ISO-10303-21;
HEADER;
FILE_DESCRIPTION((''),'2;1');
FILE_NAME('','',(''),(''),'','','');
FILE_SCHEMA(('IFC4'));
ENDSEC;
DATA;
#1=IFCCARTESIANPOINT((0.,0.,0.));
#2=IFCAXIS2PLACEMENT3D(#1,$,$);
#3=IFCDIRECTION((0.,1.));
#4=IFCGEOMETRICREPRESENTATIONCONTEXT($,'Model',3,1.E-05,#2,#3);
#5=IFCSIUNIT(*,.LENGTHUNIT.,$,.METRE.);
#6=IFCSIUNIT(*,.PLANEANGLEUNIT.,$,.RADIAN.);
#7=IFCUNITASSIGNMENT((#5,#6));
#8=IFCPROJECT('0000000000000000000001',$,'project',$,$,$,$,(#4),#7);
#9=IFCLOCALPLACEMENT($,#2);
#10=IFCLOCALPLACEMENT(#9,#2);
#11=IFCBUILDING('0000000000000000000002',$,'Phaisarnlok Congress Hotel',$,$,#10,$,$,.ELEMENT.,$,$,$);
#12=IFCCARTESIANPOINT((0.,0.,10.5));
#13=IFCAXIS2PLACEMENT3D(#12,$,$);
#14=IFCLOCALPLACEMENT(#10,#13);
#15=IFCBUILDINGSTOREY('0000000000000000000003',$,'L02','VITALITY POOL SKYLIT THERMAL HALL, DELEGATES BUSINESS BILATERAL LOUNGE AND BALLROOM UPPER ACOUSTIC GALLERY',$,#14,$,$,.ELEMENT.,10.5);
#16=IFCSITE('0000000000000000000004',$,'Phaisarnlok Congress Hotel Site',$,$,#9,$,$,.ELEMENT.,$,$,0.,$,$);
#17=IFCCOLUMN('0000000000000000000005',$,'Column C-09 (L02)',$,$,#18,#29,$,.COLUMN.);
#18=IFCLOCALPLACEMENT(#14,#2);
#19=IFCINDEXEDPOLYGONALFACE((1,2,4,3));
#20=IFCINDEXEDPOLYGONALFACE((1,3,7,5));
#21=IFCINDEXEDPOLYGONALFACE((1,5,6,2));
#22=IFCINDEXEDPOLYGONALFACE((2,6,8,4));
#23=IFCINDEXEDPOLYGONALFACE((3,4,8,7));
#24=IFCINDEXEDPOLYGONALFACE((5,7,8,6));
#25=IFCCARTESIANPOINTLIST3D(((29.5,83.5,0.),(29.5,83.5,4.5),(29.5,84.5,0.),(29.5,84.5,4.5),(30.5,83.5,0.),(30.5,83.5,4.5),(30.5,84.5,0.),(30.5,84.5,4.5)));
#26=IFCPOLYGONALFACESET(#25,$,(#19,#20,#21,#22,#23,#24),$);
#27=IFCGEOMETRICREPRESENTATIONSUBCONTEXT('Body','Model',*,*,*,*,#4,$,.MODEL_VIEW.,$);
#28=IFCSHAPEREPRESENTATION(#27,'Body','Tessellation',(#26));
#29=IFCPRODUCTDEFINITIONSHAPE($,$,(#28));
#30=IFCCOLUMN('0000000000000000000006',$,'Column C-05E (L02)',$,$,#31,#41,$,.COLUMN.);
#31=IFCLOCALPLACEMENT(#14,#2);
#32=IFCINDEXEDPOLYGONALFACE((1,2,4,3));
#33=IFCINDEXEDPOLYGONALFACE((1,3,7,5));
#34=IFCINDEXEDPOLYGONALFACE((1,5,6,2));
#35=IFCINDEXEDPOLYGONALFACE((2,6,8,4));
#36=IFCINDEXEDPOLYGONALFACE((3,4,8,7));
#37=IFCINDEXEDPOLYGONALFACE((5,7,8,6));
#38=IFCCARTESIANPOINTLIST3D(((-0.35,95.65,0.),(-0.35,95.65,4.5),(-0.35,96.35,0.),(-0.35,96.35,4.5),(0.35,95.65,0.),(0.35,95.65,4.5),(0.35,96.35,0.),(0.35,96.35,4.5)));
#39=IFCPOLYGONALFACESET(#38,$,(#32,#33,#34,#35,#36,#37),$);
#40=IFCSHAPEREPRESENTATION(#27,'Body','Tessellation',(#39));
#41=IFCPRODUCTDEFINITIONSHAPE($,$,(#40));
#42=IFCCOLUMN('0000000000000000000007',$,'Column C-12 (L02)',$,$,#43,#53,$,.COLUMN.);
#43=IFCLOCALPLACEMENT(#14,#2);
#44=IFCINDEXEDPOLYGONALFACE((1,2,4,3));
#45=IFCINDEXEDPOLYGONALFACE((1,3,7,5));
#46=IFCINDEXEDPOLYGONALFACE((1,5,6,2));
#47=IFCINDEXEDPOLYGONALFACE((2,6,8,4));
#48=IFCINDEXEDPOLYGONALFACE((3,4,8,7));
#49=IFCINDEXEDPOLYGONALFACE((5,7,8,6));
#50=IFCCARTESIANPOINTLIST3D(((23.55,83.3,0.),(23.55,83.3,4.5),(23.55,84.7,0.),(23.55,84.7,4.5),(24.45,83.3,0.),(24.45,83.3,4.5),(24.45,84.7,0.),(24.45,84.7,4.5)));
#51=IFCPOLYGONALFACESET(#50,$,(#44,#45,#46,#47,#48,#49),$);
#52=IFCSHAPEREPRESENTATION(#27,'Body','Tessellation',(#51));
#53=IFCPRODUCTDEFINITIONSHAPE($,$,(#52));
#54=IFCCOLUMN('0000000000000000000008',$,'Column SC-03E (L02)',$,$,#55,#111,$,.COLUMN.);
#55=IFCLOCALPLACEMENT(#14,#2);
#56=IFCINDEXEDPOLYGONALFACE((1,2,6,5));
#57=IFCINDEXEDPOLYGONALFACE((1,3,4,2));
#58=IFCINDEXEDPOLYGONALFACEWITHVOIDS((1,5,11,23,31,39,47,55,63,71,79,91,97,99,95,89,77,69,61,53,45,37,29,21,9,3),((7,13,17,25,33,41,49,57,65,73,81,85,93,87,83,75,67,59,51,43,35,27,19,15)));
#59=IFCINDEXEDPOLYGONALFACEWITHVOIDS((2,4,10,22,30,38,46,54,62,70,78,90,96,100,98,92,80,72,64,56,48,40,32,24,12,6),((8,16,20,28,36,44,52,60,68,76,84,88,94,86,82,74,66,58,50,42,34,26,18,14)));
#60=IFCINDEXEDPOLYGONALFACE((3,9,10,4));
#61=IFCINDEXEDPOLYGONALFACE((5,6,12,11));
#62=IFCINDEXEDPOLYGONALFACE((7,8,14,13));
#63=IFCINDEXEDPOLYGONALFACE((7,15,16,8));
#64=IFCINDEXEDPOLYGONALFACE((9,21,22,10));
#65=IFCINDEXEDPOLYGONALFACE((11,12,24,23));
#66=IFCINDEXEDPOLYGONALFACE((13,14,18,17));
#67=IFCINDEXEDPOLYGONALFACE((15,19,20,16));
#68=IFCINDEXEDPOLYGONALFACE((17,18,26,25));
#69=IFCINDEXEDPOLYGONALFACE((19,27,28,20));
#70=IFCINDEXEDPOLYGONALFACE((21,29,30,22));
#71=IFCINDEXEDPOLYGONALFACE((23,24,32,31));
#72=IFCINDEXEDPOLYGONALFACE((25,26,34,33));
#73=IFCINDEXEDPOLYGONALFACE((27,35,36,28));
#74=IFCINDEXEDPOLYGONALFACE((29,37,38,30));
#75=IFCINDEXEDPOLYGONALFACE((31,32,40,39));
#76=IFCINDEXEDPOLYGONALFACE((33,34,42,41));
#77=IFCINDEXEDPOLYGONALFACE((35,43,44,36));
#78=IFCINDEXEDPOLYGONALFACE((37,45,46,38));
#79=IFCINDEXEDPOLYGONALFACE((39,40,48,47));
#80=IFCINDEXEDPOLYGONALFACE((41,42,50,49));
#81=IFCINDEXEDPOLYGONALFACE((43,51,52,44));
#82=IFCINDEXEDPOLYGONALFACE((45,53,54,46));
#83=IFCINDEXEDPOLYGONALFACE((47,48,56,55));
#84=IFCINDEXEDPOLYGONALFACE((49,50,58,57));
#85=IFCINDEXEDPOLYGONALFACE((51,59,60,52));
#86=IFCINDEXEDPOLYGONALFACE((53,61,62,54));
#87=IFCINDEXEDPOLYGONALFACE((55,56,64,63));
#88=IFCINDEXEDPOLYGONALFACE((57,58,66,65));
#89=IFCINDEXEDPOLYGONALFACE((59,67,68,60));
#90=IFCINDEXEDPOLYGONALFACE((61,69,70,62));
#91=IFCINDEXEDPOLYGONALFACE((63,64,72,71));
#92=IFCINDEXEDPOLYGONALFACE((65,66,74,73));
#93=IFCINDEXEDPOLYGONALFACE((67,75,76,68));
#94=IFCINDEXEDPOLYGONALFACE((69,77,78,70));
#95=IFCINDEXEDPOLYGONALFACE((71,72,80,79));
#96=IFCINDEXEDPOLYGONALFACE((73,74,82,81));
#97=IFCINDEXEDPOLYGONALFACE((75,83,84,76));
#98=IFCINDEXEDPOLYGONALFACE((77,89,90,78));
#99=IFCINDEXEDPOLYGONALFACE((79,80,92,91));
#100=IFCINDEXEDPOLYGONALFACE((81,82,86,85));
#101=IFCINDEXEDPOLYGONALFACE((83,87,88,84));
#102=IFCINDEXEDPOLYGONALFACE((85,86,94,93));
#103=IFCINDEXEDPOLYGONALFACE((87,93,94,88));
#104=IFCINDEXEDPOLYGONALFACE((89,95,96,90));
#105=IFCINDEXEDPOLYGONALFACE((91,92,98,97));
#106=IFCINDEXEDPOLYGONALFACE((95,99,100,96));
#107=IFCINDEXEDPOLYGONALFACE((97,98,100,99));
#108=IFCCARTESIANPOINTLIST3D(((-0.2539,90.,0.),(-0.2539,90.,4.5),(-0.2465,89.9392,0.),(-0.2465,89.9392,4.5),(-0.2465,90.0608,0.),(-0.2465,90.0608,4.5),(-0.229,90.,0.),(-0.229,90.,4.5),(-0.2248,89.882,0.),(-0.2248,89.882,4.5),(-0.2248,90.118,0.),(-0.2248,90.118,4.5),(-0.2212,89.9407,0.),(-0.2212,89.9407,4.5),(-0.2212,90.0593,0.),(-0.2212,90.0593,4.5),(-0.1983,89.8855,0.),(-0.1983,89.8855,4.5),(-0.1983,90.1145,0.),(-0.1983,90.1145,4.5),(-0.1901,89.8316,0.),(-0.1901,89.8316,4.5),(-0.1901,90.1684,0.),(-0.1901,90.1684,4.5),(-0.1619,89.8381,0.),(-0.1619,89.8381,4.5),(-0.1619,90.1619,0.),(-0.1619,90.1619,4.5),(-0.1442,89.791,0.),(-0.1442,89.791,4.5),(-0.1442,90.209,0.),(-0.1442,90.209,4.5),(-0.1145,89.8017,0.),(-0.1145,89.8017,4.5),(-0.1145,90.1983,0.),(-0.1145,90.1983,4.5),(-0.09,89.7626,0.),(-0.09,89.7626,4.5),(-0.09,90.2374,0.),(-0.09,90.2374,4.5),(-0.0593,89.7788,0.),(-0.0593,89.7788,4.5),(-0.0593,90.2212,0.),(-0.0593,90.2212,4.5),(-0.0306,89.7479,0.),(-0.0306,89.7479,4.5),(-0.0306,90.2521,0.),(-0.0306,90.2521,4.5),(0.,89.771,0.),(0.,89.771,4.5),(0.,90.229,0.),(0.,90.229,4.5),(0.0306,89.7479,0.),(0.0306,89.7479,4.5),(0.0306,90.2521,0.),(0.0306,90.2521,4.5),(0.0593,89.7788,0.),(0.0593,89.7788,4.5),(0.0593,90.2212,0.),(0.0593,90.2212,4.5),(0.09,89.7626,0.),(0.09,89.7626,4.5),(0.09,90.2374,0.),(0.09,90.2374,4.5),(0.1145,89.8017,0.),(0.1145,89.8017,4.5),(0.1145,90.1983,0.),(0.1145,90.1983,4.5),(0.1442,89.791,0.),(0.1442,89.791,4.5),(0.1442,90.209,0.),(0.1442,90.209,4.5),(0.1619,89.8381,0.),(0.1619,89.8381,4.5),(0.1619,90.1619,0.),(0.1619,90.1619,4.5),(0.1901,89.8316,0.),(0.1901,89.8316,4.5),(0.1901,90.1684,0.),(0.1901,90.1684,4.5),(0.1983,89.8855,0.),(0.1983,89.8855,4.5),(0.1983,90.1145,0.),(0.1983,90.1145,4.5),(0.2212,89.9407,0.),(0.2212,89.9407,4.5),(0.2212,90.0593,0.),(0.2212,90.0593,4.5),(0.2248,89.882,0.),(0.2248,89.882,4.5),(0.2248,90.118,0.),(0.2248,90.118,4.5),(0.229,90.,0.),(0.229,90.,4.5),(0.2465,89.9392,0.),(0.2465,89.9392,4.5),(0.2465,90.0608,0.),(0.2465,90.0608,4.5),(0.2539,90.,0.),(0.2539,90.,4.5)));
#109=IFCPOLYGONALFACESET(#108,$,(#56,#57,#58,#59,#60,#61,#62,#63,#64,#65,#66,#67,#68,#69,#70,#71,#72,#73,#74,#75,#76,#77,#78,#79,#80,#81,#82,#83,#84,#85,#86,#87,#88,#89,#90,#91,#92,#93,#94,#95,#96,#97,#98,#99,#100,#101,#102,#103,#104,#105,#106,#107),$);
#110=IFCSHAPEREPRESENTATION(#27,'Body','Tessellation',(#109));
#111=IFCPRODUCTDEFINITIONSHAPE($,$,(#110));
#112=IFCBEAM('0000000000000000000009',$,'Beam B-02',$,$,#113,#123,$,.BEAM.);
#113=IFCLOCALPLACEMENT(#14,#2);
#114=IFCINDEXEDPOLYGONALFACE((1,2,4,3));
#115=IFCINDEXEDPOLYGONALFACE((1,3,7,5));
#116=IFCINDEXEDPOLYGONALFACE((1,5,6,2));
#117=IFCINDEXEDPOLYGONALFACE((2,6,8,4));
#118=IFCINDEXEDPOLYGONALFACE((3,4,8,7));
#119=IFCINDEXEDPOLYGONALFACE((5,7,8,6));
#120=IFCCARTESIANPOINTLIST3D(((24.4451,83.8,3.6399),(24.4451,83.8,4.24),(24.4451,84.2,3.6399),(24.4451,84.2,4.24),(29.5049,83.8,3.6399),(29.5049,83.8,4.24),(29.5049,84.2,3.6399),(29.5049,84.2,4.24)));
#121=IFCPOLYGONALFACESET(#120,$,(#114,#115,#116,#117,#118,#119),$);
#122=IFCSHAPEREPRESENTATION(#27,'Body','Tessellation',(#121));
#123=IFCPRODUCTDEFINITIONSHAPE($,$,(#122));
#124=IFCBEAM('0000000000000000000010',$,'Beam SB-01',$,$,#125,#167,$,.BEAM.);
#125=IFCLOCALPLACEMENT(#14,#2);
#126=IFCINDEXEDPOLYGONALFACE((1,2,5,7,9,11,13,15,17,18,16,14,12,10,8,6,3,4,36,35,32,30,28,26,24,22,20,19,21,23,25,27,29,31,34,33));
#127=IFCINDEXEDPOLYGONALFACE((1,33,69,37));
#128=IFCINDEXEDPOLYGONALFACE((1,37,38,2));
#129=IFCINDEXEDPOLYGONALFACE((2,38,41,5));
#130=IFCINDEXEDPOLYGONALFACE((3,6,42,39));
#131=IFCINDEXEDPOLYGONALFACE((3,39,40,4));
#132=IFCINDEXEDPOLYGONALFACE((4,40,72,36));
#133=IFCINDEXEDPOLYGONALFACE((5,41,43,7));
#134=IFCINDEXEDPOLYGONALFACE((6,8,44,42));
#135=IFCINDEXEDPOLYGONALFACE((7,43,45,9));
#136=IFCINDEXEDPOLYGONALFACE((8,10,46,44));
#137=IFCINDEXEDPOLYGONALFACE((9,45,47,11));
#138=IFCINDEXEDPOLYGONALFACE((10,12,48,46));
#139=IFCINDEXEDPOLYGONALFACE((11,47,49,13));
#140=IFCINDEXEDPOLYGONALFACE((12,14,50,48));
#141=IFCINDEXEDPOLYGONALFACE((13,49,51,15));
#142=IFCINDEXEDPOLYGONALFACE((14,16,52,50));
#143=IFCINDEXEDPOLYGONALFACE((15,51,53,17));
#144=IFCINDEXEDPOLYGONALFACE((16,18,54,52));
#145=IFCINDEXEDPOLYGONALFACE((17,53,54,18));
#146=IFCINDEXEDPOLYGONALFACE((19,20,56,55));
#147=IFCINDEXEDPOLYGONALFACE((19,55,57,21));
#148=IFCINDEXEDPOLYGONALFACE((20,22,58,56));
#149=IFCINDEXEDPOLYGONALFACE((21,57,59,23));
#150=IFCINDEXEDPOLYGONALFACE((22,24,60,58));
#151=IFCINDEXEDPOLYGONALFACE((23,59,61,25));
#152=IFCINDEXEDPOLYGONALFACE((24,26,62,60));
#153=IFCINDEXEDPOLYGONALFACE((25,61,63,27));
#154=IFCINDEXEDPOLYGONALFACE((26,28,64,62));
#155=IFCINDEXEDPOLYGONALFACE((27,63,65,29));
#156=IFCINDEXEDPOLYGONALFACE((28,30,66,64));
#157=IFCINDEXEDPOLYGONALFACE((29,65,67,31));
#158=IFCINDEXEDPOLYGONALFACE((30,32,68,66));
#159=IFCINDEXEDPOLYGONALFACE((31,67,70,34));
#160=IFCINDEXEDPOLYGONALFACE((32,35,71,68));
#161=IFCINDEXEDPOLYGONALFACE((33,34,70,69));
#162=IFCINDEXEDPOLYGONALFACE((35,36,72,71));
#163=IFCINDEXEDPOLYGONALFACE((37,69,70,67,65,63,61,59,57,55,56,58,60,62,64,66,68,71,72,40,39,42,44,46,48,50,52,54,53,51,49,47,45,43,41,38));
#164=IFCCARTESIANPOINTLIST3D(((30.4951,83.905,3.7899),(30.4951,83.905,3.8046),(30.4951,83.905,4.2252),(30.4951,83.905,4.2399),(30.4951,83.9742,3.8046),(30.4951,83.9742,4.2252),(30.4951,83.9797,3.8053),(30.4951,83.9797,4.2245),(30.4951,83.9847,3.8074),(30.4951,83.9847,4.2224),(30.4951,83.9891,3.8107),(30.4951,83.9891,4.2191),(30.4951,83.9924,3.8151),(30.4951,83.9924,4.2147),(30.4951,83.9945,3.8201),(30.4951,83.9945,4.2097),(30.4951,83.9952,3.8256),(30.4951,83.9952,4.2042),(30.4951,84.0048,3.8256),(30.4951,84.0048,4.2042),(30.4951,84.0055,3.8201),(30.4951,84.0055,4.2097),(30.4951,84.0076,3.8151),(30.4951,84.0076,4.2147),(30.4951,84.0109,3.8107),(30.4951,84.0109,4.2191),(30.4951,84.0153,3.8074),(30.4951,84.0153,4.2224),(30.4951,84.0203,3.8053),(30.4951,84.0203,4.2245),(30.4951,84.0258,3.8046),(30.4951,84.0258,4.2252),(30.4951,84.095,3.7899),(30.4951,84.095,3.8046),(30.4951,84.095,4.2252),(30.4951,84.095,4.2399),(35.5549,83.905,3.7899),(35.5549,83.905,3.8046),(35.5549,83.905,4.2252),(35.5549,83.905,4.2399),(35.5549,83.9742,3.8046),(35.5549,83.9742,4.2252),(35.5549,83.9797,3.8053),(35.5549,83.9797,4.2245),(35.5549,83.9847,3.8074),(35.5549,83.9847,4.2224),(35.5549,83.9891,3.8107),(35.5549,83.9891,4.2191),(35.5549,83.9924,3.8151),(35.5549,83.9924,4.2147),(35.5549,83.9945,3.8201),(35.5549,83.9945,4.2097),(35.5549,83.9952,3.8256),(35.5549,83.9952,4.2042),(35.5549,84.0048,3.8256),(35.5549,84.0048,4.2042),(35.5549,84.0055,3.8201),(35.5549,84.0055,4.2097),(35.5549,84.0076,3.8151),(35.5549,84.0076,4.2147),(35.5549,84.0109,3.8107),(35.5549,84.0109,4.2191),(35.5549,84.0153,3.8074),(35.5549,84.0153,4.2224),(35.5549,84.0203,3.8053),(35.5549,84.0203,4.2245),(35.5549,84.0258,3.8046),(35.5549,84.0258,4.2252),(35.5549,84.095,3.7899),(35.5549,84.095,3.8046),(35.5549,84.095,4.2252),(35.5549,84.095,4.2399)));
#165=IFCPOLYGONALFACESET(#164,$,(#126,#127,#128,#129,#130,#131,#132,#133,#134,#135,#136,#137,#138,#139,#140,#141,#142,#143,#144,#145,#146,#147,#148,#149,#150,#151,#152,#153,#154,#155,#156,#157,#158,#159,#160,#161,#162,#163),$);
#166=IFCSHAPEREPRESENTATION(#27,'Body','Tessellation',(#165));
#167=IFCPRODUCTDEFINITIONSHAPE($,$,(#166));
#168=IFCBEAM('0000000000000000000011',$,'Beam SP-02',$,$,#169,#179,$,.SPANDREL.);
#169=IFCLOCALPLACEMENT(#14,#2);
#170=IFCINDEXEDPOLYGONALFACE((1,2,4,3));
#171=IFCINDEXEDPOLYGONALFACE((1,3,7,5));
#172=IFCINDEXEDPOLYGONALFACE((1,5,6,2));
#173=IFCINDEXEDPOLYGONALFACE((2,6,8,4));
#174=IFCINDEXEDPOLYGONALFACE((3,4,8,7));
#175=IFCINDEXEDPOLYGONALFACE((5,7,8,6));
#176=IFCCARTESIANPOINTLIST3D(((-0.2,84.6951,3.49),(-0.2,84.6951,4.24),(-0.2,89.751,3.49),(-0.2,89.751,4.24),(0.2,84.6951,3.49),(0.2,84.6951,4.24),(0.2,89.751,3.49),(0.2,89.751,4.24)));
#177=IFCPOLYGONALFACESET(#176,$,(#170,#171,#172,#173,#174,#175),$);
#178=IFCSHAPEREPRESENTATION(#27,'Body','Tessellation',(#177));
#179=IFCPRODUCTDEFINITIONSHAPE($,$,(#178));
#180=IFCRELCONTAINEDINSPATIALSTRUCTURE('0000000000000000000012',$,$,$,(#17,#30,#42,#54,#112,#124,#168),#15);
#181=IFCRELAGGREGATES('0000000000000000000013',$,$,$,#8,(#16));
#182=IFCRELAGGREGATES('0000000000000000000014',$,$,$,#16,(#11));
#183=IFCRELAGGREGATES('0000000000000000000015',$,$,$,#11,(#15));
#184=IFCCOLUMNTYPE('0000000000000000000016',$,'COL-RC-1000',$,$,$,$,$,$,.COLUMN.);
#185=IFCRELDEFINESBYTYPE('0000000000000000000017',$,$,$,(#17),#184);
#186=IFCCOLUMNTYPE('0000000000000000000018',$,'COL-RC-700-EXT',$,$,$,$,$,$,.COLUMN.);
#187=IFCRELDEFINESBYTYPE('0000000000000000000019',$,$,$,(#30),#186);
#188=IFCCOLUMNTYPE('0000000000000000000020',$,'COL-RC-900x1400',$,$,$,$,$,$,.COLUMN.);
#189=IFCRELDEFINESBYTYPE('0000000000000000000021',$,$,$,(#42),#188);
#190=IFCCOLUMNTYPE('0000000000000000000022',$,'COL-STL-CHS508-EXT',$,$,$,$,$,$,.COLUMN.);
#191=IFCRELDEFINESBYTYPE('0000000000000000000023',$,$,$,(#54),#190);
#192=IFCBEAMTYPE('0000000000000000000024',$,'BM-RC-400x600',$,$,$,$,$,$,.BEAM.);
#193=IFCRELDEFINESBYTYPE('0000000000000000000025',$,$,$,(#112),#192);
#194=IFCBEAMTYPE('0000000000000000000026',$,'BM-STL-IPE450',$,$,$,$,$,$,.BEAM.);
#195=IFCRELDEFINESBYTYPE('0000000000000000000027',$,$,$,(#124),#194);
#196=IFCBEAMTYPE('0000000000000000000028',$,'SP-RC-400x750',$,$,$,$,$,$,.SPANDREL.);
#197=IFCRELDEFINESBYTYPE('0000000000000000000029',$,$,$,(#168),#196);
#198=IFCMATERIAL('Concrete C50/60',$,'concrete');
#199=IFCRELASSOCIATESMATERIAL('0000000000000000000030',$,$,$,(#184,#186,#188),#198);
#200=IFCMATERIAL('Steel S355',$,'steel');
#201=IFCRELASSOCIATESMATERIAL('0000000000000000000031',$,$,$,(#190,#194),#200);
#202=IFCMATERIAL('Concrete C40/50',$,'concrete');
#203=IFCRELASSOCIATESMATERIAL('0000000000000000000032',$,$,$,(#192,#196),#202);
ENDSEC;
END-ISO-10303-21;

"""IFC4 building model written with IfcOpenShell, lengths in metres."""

from ifc_helpers import new_model, si_unit, direction, frame, origin, origin_2d, place, context, subcontext, project, spatial, rectangle, hollow_circle, i_section, extrude, material, material_profile, profile_set, type_object, element, save


model = new_model("IFC4")

# Units and contexts
model_context = context("Model", 3, precision=1e-05, world=origin(), true_north=direction((0.0, 1.0)))
body_context = subcontext(model_context, "Body", "Model", "MODEL_VIEW")
ifc_project = project(units=[si_unit("LENGTHUNIT", "METRE"), si_unit("PLANEANGLEUNIT", "RADIAN")], contexts=[model_context])

# Site, building, storey
site_placement = place(None, origin())
site = spatial("IfcSite", under=ifc_project, at=site_placement, Name="Phaisarnlok Congress Hotel Site", CompositionType="ELEMENT", RefElevation=0.0)
building_placement = place(site_placement, origin())
building = spatial("IfcBuilding", under=site, at=building_placement, Name="Phaisarnlok Congress Hotel", CompositionType="ELEMENT")
storey_placement = place(building_placement, frame((0.0, 0.0, 10.5)))
storey = spatial("IfcBuildingStorey", under=building, at=storey_placement, Name="L02", Description="VITALITY POOL SKYLIT THERMAL HALL, DELEGATES BUSINESS BILATERAL LOUNGE AND BALLROOM UPPER ACOUSTIC GALLERY", CompositionType="ELEMENT", Elevation=10.5)

# Columns
ifc_material_1 = material(Name="Concrete C50/60", Category="concrete")
ifc_material_profile_1 = material_profile(ifc_material_1, rectangle(XDim=1.0, YDim=1.0, at=origin_2d()), Name="RC 1000x1000")
ifc_profile_set_1 = profile_set([ifc_material_profile_1], Name="Concrete C50/60")
column_type_1 = type_object("IfcColumnType", Name="COL-RC-1000", PredefinedType="COLUMN", material=ifc_profile_set_1)
column_1_placement = place(storey_placement, frame((30.0, 84.0, 0.0), z_axis=(0.0, 0.0, 1.0), x_axis=(1.0, 0.0, 0.0)))
element("IfcColumn", 1, at=column_1_placement, inside=storey, type_object=column_type_1, Name="Column C-09 (L02)", PredefinedType="COLUMN", context=body_context, shape_type="SweptSolid", body=[
    extrude(rectangle(XDim=1.0, YDim=1.0, at=origin_2d()), origin(), (0.0, 0.0, 1.0), 4.5),
])
ifc_material_profile_2 = material_profile(ifc_material_1, rectangle(XDim=0.7, YDim=0.7, at=origin_2d()), Name="RC 700x700")
ifc_profile_set_2 = profile_set([ifc_material_profile_2], Name="Concrete C50/60")
column_type_2 = type_object("IfcColumnType", Name="COL-RC-700-EXT", PredefinedType="COLUMN", material=ifc_profile_set_2)
column_2_placement = place(storey_placement, frame((0.0, 96.0, 0.0), z_axis=(0.0, 0.0, 1.0), x_axis=(1.0, 0.0, 0.0)))
element("IfcColumn", 2, at=column_2_placement, inside=storey, type_object=column_type_2, Name="Column C-05E (L02)", PredefinedType="COLUMN", context=body_context, shape_type="SweptSolid", body=[
    extrude(rectangle(XDim=0.7, YDim=0.7, at=origin_2d()), origin(), (0.0, 0.0, 1.0), 4.5),
])
ifc_material_profile_3 = material_profile(ifc_material_1, rectangle(XDim=0.8999, YDim=1.3999, at=origin_2d()), Name="RC 900x1400")
ifc_profile_set_3 = profile_set([ifc_material_profile_3], Name="Concrete C50/60")
column_type_3 = type_object("IfcColumnType", Name="COL-RC-900x1400", PredefinedType="COLUMN", material=ifc_profile_set_3)
column_3_placement = place(storey_placement, frame((24.0, 84.0, 0.0), z_axis=(0.0, 0.0, 1.0), x_axis=(1.0, 0.0, 0.0)))
element("IfcColumn", 3, at=column_3_placement, inside=storey, type_object=column_type_3, Name="Column C-12 (L02)", PredefinedType="COLUMN", context=body_context, shape_type="SweptSolid", body=[
    extrude(rectangle(XDim=0.8999, YDim=1.3999, at=origin_2d()), origin(), (0.0, 0.0, 1.0), 4.5),
])
ifc_material_2 = material(Name="Steel S355", Category="steel")
ifc_material_profile_4 = material_profile(ifc_material_2, hollow_circle(Radius=0.2539, WallThickness=0.0249, at=origin_2d()), Name="CHS 508x25")
ifc_profile_set_4 = profile_set([ifc_material_profile_4], Name="Steel S355")
column_type_4 = type_object("IfcColumnType", Name="COL-STL-CHS508-EXT", PredefinedType="COLUMN", material=ifc_profile_set_4)
column_4_placement = place(storey_placement, frame((0.0, 90.0, 0.0), z_axis=(0.0, 0.0, 1.0), x_axis=(1.0, 0.0, 0.0)))
element("IfcColumn", 4, at=column_4_placement, inside=storey, type_object=column_type_4, Name="Column SC-03E (L02)", PredefinedType="COLUMN", context=body_context, shape_type="SweptSolid", body=[
    extrude(hollow_circle(Radius=0.2539, WallThickness=0.0249, at=origin_2d()), origin(), (0.0, 0.0, 1.0), 4.5),
])

# Beams
ifc_material_3 = material(Name="Concrete C40/50", Category="concrete")
ifc_material_profile_5 = material_profile(ifc_material_3, rectangle(XDim=0.3999, YDim=0.6001, at=origin_2d()), Name="RC 400x600")
ifc_profile_set_5 = profile_set([ifc_material_profile_5], Name="Concrete C40/50")
beam_type_1 = type_object("IfcBeamType", Name="BM-RC-400x600", PredefinedType="BEAM", material=ifc_profile_set_5)
beam_1_placement = place(storey_placement, frame((24.4451, 84.0, 3.9399), z_axis=(1.0, 0.0, 0.0), x_axis=(0.0, 1.0, 0.0)))
element("IfcBeam", 5, at=beam_1_placement, inside=storey, type_object=beam_type_1, Name="Beam B-02", PredefinedType="BEAM", context=body_context, shape_type="SweptSolid", body=[
    extrude(rectangle(XDim=0.3999, YDim=0.6001, at=origin_2d()), origin(), (0.0, 0.0, 1.0), 5.0598),
])
ifc_material_profile_6 = material_profile(ifc_material_2, i_section(OverallWidth=0.1899, OverallDepth=0.45, WebThickness=0.0095, FlangeThickness=0.0146, FilletRadius=0.021, at=origin_2d()), Name="IPE 450")
ifc_profile_set_6 = profile_set([ifc_material_profile_6], Name="Steel S355")
beam_type_2 = type_object("IfcBeamType", Name="BM-STL-IPE450", PredefinedType="BEAM", material=ifc_profile_set_6)
beam_2_placement = place(storey_placement, frame((30.4951, 84.0, 4.0149), z_axis=(1.0, 0.0, 0.0), x_axis=(0.0, 1.0, 0.0)))
element("IfcBeam", 6, at=beam_2_placement, inside=storey, type_object=beam_type_2, Name="Beam SB-01", PredefinedType="BEAM", context=body_context, shape_type="SweptSolid", body=[
    extrude(i_section(OverallWidth=0.1899, OverallDepth=0.45, WebThickness=0.0095, FlangeThickness=0.0146, FilletRadius=0.021, at=origin_2d()), origin(), (0.0, 0.0, 1.0), 5.0598),
])
ifc_material_profile_7 = material_profile(ifc_material_3, rectangle(XDim=0.3999, YDim=0.75, at=origin_2d()), Name="RC 400x750")
ifc_profile_set_7 = profile_set([ifc_material_profile_7], Name="Concrete C40/50")
beam_type_3 = type_object("IfcBeamType", Name="SP-RC-400x750", PredefinedType="SPANDREL", material=ifc_profile_set_7)
beam_3_placement = place(storey_placement, frame((0.0, 84.6951, 3.865), z_axis=(0.0, 1.0, 0.0), x_axis=(-1.0, 0.0, 0.0)))
element("IfcBeam", 7, at=beam_3_placement, inside=storey, type_object=beam_type_3, Name="Beam SP-02", PredefinedType="SPANDREL", context=body_context, shape_type="SweptSolid", body=[
    extrude(rectangle(XDim=0.3999, YDim=0.75, at=origin_2d()), origin(), (0.0, 0.0, 1.0), 5.0559),
])

save(model, "model.ifc")
